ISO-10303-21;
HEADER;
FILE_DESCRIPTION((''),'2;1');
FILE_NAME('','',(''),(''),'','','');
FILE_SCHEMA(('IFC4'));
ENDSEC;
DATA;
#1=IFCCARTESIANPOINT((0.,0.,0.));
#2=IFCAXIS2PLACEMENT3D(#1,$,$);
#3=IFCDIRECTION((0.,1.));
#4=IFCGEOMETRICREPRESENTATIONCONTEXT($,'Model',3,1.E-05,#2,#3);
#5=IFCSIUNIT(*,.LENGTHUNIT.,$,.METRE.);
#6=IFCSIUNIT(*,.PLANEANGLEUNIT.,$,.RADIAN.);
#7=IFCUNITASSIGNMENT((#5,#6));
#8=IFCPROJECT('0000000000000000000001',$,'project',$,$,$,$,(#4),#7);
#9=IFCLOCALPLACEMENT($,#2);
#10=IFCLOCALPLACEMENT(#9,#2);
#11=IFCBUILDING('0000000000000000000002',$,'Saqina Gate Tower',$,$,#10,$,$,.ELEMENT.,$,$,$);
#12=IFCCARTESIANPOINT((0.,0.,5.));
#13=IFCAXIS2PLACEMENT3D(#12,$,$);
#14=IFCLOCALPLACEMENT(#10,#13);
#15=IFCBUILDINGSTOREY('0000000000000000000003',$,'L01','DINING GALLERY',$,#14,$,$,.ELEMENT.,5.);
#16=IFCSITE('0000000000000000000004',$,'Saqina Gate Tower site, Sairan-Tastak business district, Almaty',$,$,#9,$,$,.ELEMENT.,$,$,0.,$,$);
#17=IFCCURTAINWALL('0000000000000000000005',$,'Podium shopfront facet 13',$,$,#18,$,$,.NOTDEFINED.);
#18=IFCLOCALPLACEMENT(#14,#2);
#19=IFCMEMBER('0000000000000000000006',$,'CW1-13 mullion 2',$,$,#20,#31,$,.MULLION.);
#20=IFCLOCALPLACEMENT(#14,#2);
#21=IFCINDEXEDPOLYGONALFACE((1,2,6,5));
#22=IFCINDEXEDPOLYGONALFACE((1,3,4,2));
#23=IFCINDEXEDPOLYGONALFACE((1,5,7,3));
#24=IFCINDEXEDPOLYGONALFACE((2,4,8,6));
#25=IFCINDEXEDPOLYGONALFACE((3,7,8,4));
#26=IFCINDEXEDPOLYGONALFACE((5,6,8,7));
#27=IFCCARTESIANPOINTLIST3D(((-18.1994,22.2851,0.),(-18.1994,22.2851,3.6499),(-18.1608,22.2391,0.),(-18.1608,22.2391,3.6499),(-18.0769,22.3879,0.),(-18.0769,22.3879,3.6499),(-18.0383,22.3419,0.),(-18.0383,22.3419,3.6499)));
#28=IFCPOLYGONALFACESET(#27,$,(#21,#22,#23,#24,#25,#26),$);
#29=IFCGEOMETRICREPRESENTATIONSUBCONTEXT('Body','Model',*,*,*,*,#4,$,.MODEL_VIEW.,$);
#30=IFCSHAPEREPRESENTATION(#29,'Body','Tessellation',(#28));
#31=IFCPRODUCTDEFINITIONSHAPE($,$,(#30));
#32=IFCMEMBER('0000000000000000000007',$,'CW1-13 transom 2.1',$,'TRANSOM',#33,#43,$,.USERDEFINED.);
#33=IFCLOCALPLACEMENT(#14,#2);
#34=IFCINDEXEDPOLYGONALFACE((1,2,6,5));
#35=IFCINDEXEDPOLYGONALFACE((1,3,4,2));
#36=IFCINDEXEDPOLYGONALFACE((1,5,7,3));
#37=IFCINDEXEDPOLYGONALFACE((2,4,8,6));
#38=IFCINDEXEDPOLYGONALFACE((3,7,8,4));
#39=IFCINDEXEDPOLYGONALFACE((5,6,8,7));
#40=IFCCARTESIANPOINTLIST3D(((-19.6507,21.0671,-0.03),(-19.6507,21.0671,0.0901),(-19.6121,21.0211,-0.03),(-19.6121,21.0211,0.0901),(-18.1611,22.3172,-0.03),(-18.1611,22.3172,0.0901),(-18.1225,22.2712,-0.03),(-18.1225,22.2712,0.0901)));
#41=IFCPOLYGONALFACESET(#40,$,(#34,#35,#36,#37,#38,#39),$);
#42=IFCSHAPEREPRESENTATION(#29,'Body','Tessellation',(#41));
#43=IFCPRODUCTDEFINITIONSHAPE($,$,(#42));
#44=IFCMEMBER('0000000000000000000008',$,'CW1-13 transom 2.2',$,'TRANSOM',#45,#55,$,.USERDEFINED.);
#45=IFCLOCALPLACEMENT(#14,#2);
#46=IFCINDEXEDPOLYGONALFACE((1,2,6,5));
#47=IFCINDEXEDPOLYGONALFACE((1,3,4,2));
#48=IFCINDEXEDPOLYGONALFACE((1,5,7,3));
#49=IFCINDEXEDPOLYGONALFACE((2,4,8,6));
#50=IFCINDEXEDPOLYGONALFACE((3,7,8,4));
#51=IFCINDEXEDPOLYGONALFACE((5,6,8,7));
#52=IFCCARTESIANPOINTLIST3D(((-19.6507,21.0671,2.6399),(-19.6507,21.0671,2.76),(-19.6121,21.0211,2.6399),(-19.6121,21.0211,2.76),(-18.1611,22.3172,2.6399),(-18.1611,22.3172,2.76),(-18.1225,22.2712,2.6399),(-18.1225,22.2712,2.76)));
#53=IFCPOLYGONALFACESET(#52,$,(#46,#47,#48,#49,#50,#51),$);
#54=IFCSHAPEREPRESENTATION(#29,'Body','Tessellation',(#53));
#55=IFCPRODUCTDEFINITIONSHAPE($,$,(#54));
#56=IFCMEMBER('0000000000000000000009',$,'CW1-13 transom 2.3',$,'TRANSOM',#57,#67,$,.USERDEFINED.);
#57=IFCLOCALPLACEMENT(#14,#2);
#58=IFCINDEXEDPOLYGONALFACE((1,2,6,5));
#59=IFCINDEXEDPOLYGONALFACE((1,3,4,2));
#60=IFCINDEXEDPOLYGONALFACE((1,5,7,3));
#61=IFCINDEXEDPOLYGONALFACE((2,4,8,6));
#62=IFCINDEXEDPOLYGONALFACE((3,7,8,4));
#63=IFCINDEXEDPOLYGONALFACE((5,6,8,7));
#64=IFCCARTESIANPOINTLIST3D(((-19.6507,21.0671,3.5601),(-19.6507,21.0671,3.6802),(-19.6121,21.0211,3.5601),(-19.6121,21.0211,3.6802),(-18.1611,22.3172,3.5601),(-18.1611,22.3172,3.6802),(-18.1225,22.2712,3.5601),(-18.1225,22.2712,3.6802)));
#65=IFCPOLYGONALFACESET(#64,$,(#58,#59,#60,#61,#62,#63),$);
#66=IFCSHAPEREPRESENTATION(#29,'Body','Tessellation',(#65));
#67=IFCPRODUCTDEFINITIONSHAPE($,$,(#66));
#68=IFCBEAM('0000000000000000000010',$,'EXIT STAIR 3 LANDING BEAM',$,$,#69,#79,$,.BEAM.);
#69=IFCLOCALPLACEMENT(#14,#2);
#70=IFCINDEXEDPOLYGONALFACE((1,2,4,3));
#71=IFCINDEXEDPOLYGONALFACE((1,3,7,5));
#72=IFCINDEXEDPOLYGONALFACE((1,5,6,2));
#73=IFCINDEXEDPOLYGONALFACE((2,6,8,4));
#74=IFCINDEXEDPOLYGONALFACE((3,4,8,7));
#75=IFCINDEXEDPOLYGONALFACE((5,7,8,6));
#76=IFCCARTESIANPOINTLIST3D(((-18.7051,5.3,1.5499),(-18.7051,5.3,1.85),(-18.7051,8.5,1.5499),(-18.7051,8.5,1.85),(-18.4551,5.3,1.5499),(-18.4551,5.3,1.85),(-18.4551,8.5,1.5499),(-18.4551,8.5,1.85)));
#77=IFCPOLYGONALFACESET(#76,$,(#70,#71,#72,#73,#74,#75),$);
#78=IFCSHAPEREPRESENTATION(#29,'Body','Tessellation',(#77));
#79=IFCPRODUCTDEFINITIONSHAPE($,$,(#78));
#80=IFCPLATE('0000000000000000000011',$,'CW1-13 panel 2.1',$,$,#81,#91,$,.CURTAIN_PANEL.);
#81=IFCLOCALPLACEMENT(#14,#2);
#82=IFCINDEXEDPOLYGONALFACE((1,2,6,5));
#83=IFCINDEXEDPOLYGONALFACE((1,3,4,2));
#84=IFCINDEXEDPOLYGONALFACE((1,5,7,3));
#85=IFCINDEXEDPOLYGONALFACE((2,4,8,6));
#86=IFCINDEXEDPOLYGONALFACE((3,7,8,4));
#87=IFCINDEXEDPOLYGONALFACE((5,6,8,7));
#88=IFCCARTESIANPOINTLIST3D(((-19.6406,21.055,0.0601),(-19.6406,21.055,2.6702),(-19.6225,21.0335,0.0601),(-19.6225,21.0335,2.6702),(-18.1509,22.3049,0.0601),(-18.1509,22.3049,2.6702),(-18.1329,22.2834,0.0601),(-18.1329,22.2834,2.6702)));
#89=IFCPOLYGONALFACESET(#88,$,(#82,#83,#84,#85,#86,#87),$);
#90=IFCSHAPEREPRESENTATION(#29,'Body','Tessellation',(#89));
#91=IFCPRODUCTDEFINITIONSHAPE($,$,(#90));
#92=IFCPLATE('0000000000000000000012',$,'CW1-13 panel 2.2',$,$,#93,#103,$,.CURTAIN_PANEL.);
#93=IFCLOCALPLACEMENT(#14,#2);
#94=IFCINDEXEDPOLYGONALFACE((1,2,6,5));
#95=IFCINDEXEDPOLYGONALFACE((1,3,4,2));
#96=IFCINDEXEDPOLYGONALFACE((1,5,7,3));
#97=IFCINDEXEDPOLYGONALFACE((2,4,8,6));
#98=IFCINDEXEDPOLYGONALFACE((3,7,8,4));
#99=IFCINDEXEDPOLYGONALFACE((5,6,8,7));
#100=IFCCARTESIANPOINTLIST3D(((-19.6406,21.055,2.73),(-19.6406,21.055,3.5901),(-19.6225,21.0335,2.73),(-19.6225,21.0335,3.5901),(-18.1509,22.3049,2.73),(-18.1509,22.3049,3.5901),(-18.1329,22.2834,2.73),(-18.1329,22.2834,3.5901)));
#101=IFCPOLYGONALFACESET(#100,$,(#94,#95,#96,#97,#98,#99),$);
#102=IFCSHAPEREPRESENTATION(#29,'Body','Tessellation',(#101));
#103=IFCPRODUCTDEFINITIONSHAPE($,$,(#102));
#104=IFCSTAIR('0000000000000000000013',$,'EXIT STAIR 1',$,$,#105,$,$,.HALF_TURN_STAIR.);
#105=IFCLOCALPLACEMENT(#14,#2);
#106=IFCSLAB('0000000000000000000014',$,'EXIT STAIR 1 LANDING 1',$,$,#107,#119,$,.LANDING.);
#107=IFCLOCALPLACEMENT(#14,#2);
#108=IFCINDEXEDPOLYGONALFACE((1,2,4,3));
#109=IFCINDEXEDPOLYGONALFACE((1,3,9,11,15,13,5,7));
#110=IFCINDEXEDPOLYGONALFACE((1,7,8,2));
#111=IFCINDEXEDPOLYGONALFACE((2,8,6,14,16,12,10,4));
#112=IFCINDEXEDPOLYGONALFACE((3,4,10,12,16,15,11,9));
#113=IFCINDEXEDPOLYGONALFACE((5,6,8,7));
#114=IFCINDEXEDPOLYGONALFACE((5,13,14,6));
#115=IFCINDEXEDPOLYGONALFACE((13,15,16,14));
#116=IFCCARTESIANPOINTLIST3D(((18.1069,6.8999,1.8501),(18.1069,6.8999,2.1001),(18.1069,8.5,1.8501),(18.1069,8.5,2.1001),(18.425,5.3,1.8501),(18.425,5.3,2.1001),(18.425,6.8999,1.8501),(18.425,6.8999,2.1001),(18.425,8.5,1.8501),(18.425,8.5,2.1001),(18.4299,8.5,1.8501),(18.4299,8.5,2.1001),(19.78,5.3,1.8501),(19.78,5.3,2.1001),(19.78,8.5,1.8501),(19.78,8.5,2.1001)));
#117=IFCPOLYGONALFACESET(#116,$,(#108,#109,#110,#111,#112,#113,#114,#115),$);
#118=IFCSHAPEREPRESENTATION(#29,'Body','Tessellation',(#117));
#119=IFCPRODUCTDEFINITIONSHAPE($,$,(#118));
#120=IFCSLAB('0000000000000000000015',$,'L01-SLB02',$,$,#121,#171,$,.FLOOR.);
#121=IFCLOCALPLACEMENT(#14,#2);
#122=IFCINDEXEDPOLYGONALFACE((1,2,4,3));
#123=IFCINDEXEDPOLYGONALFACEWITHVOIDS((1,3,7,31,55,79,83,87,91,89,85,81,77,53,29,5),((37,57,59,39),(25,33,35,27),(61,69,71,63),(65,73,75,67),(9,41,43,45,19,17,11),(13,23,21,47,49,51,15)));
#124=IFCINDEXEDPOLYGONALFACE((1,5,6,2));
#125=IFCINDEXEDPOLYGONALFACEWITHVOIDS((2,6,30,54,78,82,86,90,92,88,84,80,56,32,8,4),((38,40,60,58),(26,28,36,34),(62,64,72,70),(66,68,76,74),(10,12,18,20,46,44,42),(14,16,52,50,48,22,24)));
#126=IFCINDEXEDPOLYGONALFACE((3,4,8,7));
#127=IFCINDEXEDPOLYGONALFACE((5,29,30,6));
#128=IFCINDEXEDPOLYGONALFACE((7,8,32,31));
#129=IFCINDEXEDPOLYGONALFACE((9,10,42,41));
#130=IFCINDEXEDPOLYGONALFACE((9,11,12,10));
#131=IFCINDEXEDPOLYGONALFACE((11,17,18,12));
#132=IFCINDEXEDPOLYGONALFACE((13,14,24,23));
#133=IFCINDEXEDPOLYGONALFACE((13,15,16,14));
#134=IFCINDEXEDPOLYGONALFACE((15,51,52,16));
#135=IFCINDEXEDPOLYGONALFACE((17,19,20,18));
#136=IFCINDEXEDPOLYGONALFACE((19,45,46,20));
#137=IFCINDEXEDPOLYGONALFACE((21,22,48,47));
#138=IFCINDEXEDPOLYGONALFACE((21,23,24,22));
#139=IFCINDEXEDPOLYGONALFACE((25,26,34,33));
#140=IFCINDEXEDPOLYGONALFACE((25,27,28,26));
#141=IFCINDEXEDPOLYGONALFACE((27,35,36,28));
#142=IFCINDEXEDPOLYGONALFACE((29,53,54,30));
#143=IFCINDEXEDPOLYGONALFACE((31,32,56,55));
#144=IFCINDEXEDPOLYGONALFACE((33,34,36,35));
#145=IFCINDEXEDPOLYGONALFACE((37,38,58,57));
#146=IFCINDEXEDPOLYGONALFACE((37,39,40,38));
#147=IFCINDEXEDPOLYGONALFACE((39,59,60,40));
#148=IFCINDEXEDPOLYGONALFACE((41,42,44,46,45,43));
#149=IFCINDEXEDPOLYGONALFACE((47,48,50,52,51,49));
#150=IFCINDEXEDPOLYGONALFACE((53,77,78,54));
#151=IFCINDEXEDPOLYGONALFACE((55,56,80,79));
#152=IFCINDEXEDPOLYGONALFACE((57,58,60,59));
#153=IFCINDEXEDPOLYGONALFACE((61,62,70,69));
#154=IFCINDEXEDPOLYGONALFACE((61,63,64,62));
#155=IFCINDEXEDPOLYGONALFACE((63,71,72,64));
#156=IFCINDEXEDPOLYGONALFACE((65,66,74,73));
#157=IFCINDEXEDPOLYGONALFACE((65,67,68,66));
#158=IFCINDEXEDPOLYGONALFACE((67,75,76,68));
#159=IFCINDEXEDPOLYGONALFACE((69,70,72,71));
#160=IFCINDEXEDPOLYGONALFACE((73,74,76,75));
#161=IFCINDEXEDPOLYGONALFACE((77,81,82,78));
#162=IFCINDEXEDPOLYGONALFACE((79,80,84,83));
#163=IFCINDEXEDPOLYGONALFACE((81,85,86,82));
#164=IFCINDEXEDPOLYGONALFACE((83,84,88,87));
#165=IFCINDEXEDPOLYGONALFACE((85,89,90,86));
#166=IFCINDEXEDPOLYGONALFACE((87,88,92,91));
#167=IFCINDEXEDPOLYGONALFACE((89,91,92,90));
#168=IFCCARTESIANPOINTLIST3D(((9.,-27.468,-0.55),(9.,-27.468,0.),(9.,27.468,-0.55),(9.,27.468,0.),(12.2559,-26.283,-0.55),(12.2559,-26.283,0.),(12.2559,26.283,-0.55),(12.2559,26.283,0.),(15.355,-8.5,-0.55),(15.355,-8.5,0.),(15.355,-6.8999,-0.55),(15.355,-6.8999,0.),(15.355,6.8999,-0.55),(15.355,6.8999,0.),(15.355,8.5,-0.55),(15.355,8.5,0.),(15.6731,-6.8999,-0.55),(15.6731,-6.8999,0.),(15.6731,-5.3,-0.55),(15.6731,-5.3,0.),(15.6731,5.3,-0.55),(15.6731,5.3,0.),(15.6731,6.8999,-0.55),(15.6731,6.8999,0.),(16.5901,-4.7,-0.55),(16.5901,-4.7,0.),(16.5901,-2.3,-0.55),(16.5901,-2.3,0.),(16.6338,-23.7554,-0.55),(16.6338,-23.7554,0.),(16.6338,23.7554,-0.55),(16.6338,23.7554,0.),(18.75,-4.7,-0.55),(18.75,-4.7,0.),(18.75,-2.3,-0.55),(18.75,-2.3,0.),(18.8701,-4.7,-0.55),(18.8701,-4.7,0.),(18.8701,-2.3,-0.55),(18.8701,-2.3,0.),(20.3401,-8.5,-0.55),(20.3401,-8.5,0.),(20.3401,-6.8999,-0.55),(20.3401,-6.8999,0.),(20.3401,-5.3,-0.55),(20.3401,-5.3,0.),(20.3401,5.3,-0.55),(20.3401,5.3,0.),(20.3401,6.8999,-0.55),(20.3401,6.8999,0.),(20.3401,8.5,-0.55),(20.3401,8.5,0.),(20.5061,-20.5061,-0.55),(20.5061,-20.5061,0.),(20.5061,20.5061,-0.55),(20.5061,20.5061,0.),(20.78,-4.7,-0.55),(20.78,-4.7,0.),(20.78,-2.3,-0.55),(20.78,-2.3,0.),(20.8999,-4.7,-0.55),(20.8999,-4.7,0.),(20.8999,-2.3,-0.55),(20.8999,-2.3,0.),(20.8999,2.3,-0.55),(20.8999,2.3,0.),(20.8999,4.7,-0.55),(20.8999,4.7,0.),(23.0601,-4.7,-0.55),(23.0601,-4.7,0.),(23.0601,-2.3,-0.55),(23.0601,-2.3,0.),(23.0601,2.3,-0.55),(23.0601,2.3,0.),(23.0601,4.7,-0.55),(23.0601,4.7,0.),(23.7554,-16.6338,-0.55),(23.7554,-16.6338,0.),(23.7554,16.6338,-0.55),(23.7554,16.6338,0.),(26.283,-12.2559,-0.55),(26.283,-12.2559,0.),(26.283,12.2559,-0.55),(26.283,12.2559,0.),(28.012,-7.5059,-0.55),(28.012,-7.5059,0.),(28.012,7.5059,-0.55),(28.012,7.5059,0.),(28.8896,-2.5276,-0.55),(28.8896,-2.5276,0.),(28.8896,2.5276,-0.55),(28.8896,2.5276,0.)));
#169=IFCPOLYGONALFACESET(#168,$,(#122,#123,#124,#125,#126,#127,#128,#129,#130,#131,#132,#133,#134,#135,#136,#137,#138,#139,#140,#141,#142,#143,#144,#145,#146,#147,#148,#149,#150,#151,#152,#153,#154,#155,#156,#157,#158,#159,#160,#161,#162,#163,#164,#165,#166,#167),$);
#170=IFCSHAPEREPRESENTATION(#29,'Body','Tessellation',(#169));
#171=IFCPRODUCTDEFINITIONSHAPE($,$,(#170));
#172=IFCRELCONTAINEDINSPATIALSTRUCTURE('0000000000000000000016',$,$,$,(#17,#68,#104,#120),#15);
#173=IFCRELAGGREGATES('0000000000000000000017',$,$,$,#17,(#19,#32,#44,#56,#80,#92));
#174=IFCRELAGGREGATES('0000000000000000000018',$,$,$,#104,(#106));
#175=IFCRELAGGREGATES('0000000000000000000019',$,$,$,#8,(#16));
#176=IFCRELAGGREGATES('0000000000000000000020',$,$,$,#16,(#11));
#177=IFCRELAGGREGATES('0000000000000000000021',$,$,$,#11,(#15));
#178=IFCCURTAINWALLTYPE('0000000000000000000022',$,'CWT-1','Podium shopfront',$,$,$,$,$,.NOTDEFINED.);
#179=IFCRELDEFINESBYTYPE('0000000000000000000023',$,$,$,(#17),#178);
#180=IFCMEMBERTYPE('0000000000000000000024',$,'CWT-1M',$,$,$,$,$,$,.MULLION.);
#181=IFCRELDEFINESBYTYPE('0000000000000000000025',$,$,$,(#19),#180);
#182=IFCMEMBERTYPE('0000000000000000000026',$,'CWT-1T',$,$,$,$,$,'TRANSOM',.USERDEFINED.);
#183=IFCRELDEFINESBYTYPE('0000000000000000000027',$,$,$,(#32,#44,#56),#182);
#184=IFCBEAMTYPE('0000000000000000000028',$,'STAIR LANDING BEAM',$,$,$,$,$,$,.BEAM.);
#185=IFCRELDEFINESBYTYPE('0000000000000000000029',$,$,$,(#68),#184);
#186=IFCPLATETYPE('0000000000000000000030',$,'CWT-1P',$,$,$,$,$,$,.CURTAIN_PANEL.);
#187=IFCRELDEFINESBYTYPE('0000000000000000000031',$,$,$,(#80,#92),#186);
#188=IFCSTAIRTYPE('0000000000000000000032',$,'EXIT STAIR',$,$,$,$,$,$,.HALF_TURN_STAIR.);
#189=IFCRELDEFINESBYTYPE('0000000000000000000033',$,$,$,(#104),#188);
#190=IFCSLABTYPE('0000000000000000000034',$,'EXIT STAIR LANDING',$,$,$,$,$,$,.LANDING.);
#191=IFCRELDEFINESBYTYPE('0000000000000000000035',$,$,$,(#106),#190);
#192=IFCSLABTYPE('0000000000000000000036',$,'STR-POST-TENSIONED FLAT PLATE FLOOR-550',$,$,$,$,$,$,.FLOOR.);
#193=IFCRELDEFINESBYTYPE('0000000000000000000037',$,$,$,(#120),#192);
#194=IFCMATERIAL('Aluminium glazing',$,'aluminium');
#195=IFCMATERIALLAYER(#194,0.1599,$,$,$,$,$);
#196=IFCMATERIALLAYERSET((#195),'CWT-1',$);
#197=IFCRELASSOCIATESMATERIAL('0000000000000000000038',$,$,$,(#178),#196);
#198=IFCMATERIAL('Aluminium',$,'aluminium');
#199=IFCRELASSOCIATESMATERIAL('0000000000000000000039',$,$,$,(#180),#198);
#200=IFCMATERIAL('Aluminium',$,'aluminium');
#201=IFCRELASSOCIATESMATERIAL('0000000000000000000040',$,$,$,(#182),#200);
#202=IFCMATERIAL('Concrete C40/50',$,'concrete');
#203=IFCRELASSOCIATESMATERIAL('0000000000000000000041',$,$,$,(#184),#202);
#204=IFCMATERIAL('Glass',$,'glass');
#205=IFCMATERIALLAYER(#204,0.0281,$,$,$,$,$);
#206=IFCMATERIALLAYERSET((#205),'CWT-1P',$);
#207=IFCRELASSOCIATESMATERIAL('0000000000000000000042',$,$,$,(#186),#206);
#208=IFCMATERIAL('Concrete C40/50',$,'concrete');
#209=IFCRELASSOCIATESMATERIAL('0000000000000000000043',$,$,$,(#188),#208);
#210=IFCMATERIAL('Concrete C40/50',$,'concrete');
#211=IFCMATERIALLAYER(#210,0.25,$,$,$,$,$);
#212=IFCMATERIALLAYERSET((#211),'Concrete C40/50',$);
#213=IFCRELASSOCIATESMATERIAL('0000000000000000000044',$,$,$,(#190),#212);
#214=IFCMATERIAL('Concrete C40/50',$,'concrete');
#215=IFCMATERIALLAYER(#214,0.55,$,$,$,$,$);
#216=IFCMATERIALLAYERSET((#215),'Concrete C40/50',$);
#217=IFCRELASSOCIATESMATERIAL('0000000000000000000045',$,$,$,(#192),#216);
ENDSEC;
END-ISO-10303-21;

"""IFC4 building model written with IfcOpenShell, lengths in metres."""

from ifc_helpers import new_model, si_unit, direction, frame, origin, origin_2d, place, context, subcontext, project, spatial, polyline, rectangle, outline, extrude, material, layer, layer_set, material_profile, profile_set, type_object, element, aggregate, save


model = new_model("IFC4")

# Units and contexts
model_context = context("Model", 3, precision=1e-05, world=origin(), true_north=direction((0.0, 1.0)))
body_context = subcontext(model_context, "Body", "Model", "MODEL_VIEW")
ifc_project = project(units=[si_unit("LENGTHUNIT", "METRE"), si_unit("PLANEANGLEUNIT", "RADIAN")], contexts=[model_context])

# Site, building, storey
site_placement = place(None, origin())
site = spatial("IfcSite", under=ifc_project, at=site_placement, Name="Saqina Gate Tower site, Sairan-Tastak business district, Almaty", CompositionType="ELEMENT", RefElevation=0.0)
building_placement = place(site_placement, origin())
building = spatial("IfcBuilding", under=site, at=building_placement, Name="Saqina Gate Tower", CompositionType="ELEMENT")
storey_placement = place(building_placement, frame((0.0, 0.0, 5.0)))
storey = spatial("IfcBuildingStorey", under=building, at=storey_placement, Name="L01", Description="DINING GALLERY", CompositionType="ELEMENT", Elevation=5.0)

# Curtain wall, members
ifc_material_1 = material(Name="Aluminium glazing", Category="aluminium")
ifc_layer_1 = layer(ifc_material_1, 0.1599)
ifc_layer_set_1 = layer_set([ifc_layer_1], Name="CWT-1")
curtain_wall_type = type_object("IfcCurtainWallType", Name="CWT-1", Description="Podium shopfront", PredefinedType="NOTDEFINED", material=ifc_layer_set_1)
curtain_wall_placement = place(storey_placement, origin())
curtain_wall = element("IfcCurtainWall", 1, at=curtain_wall_placement, inside=storey, type_object=curtain_wall_type, Name="Podium shopfront facet 13", PredefinedType="NOTDEFINED")
ifc_material_2 = material(Name="Aluminium", Category="aluminium")
ifc_material_profile_1 = material_profile(ifc_material_2, rectangle(XDim=0.0601, YDim=0.1599, at=origin_2d()), Name="Aluminium 60x160")
ifc_profile_set_1 = profile_set([ifc_material_profile_1], Name="Aluminium")
member_type_1 = type_object("IfcMemberType", Name="CWT-1M", PredefinedType="MULLION", material=ifc_profile_set_1)
member_1_placement = place(storey_placement, frame((-18.1189, 22.3135, 0.0), z_axis=(0.0, 0.0, 1.0), x_axis=(0.642779, -0.766051, 0.0)))
member_1 = element("IfcMember", 2, at=member_1_placement, type_object=member_type_1, Name="CW1-13 mullion 2", PredefinedType="MULLION", context=body_context, shape_type="SweptSolid", body=[
    extrude(rectangle(XDim=0.0601, YDim=0.1599, at=origin_2d()), origin(), (0.0, 0.0, 1.0), 3.6499),
])
ifc_material_3 = material(Name="Aluminium", Category="aluminium")
ifc_material_profile_2 = material_profile(ifc_material_3, rectangle(XDim=0.0601, YDim=0.1201, at=origin_2d()), Name="Aluminium 60x120")
ifc_profile_set_2 = profile_set([ifc_material_profile_2], Name="Aluminium")
member_type_2 = type_object("IfcMemberType", Name="CWT-1T", ElementType="TRANSOM", PredefinedType="USERDEFINED", material=ifc_profile_set_2)
member_2_placement = place(storey_placement, frame((-18.1418, 22.2942, 0.03), z_axis=(-0.766004, -0.642836, 0.0), x_axis=(0.642836, -0.766004, 0.0)))
member_2 = element("IfcMember", 3, at=member_2_placement, type_object=member_type_2, Name="CW1-13 transom 2.1", ObjectType="TRANSOM", PredefinedType="USERDEFINED", context=body_context, shape_type="SweptSolid", body=[
    extrude(rectangle(XDim=0.0601, YDim=0.1201, at=origin_2d()), origin(), (0.0, 0.0, 1.0), 1.9446),
])
member_3_placement = place(storey_placement, frame((-18.1418, 22.2942, 2.7), z_axis=(-0.766004, -0.642836, 0.0), x_axis=(0.642836, -0.766004, 0.0)))
member_3 = element("IfcMember", 4, at=member_3_placement, type_object=member_type_2, Name="CW1-13 transom 2.2", ObjectType="TRANSOM", PredefinedType="USERDEFINED", context=body_context, shape_type="SweptSolid", body=[
    extrude(rectangle(XDim=0.0601, YDim=0.1201, at=origin_2d()), origin(), (0.0, 0.0, 1.0), 1.9446),
])
member_4_placement = place(storey_placement, frame((-18.1418, 22.2942, 3.6201), z_axis=(-0.766004, -0.642836, 0.0), x_axis=(0.642836, -0.766004, 0.0)))
member_4 = element("IfcMember", 5, at=member_4_placement, type_object=member_type_2, Name="CW1-13 transom 2.3", ObjectType="TRANSOM", PredefinedType="USERDEFINED", context=body_context, shape_type="SweptSolid", body=[
    extrude(rectangle(XDim=0.0601, YDim=0.1201, at=origin_2d()), origin(), (0.0, 0.0, 1.0), 1.9446),
])

# Beam
ifc_material_4 = material(Name="Concrete C40/50", Category="concrete")
ifc_material_profile_3 = material_profile(ifc_material_4, rectangle(XDim=0.25, YDim=0.3, at=origin_2d()), Name="STAIR LANDING BEAM")
ifc_profile_set_3 = profile_set([ifc_material_profile_3], Name="Concrete C40/50")
beam_type = type_object("IfcBeamType", Name="STAIR LANDING BEAM", PredefinedType="BEAM", material=ifc_profile_set_3)
beam_placement = place(storey_placement, frame((-18.5801, 5.3, 1.7), z_axis=(0.0, 1.0, 0.0), x_axis=(-1.0, 0.0, 0.0)))
element("IfcBeam", 6, at=beam_placement, inside=storey, type_object=beam_type, Name="EXIT STAIR 3 LANDING BEAM", PredefinedType="BEAM", context=body_context, shape_type="SweptSolid", body=[
    extrude(rectangle(XDim=0.25, YDim=0.3, at=origin_2d()), origin(), (0.0, 0.0, 1.0), 3.2),
])

# Plates
ifc_material_5 = material(Name="Glass", Category="glass")
ifc_layer_2 = layer(ifc_material_5, 0.0281)
ifc_layer_set_2 = layer_set([ifc_layer_2], Name="CWT-1P")
plate_type = type_object("IfcPlateType", Name="CWT-1P", PredefinedType="CURTAIN_PANEL", material=ifc_layer_set_2)
plate_1_placement = place(storey_placement, frame((-18.8867, 21.6692, 0.0601), z_axis=(0.0, 0.0, 1.0), x_axis=(-0.766051, -0.642779, 0.0)))
plate_1 = element("IfcPlate", 7, at=plate_1_placement, type_object=plate_type, Name="CW1-13 panel 2.1", PredefinedType="CURTAIN_PANEL", context=body_context, shape_type="SweptSolid", body=[
    extrude(rectangle(XDim=1.9446, YDim=0.0281, at=origin_2d()), origin(), (0.0, 0.0, 1.0), 2.6101),
])
plate_2_placement = place(storey_placement, frame((-18.8867, 21.6692, 2.73), z_axis=(0.0, 0.0, 1.0), x_axis=(-0.766051, -0.642779, 0.0)))
plate_2 = element("IfcPlate", 8, at=plate_2_placement, type_object=plate_type, Name="CW1-13 panel 2.2", PredefinedType="CURTAIN_PANEL", context=body_context, shape_type="SweptSolid", body=[
    extrude(rectangle(XDim=1.9446, YDim=0.0281, at=origin_2d()), origin(), (0.0, 0.0, 1.0), 0.8601),
])
aggregate(curtain_wall, [member_1, member_2, member_3, member_4, plate_1, plate_2])

# Stair, slab
ifc_material_6 = material(Name="Concrete C40/50", Category="concrete")
stair_type = type_object("IfcStairType", Name="EXIT STAIR", PredefinedType="HALF_TURN_STAIR", material=ifc_material_6)
stair_1_placement = place(storey_placement, origin())
stair_1 = element("IfcStair", 9, at=stair_1_placement, inside=storey, type_object=stair_type, Name="EXIT STAIR 1", PredefinedType="HALF_TURN_STAIR")
ifc_material_7 = material(Name="Concrete C40/50", Category="concrete")
ifc_layer_3 = layer(ifc_material_7, 0.25)
ifc_layer_set_3 = layer_set([ifc_layer_3], Name="Concrete C40/50")
slab_type_1 = type_object("IfcSlabType", Name="EXIT STAIR LANDING", PredefinedType="LANDING", material=ifc_layer_set_3)
slab_1_placement = place(storey_placement, frame((0.0, 0.0, 1.8501)))
slab_1 = element("IfcSlab", 10, at=slab_1_placement, type_object=slab_type_1, Name="EXIT STAIR 1 LANDING 1", PredefinedType="LANDING", context=body_context, shape_type="SweptSolid", body=[
    extrude(outline(polyline([(19.78, 8.5), (19.78, 5.3), (18.425, 5.3), (18.425, 6.8999), (18.1069, 6.8999), (18.1069, 8.5), (18.425, 8.5), (18.4299, 8.5), (19.78, 8.5)])), origin(), (0.0, 0.0, 1.0), 0.25),
])
aggregate(stair_1, [slab_1])

# Slab
ifc_material_8 = material(Name="Concrete C40/50", Category="concrete")
ifc_layer_4 = layer(ifc_material_8, 0.55)
ifc_layer_set_4 = layer_set([ifc_layer_4], Name="Concrete C40/50")
slab_type_2 = type_object("IfcSlabType", Name="STR-POST-TENSIONED FLAT PLATE FLOOR-550", PredefinedType="FLOOR", material=ifc_layer_set_4)
slab_2_placement = place(storey_placement, frame((0.0, 0.0, -0.55)))
element("IfcSlab", 11, at=slab_2_placement, inside=storey, type_object=slab_type_2, Name="L01-SLB02", PredefinedType="FLOOR", context=body_context, shape_type="SweptSolid", body=[
    extrude(outline(polyline([(26.283, -12.2559), (28.012, -7.5059), (28.8896, -2.5276), (28.8896, 2.5276), (28.012, 7.5059), (26.283, 12.2559), (23.7554, 16.6338), (20.5061, 20.5061), (16.6338, 23.7554), (12.2559, 26.283), (9.0, 27.468), (9.0, -27.468), (12.2559, -26.283), (16.6338, -23.7554), (20.5061, -20.5061), (23.7554, -16.6338), (26.283, -12.2559)]), holes=[polyline([(15.355, -6.8999), (15.6731, -6.8999), (15.6731, -5.3), (20.3401, -5.3), (20.3401, -6.8999), (20.3401, -8.5), (15.355, -8.5), (15.355, -6.8999)]), polyline([(18.75, -2.3), (18.75, -4.7), (16.5901, -4.7), (16.5901, -2.3), (18.75, -2.3)]), polyline([(20.78, -2.3), (20.78, -4.7), (18.8701, -4.7), (18.8701, -2.3), (20.78, -2.3)]), polyline([(23.0601, -2.3), (23.0601, -4.7), (20.8999, -4.7), (20.8999, -2.3), (23.0601, -2.3)]), polyline([(23.0601, 4.7), (23.0601, 2.3), (20.8999, 2.3), (20.8999, 4.7), (23.0601, 4.7)]), polyline([(15.6731, 6.8999), (15.355, 6.8999), (15.355, 8.5), (20.3401, 8.5), (20.3401, 6.8999), (20.3401, 5.3), (15.6731, 5.3), (15.6731, 6.8999)])]), origin(), (0.0, 0.0, 1.0), 0.55),
])

save(model, "model.ifc")
